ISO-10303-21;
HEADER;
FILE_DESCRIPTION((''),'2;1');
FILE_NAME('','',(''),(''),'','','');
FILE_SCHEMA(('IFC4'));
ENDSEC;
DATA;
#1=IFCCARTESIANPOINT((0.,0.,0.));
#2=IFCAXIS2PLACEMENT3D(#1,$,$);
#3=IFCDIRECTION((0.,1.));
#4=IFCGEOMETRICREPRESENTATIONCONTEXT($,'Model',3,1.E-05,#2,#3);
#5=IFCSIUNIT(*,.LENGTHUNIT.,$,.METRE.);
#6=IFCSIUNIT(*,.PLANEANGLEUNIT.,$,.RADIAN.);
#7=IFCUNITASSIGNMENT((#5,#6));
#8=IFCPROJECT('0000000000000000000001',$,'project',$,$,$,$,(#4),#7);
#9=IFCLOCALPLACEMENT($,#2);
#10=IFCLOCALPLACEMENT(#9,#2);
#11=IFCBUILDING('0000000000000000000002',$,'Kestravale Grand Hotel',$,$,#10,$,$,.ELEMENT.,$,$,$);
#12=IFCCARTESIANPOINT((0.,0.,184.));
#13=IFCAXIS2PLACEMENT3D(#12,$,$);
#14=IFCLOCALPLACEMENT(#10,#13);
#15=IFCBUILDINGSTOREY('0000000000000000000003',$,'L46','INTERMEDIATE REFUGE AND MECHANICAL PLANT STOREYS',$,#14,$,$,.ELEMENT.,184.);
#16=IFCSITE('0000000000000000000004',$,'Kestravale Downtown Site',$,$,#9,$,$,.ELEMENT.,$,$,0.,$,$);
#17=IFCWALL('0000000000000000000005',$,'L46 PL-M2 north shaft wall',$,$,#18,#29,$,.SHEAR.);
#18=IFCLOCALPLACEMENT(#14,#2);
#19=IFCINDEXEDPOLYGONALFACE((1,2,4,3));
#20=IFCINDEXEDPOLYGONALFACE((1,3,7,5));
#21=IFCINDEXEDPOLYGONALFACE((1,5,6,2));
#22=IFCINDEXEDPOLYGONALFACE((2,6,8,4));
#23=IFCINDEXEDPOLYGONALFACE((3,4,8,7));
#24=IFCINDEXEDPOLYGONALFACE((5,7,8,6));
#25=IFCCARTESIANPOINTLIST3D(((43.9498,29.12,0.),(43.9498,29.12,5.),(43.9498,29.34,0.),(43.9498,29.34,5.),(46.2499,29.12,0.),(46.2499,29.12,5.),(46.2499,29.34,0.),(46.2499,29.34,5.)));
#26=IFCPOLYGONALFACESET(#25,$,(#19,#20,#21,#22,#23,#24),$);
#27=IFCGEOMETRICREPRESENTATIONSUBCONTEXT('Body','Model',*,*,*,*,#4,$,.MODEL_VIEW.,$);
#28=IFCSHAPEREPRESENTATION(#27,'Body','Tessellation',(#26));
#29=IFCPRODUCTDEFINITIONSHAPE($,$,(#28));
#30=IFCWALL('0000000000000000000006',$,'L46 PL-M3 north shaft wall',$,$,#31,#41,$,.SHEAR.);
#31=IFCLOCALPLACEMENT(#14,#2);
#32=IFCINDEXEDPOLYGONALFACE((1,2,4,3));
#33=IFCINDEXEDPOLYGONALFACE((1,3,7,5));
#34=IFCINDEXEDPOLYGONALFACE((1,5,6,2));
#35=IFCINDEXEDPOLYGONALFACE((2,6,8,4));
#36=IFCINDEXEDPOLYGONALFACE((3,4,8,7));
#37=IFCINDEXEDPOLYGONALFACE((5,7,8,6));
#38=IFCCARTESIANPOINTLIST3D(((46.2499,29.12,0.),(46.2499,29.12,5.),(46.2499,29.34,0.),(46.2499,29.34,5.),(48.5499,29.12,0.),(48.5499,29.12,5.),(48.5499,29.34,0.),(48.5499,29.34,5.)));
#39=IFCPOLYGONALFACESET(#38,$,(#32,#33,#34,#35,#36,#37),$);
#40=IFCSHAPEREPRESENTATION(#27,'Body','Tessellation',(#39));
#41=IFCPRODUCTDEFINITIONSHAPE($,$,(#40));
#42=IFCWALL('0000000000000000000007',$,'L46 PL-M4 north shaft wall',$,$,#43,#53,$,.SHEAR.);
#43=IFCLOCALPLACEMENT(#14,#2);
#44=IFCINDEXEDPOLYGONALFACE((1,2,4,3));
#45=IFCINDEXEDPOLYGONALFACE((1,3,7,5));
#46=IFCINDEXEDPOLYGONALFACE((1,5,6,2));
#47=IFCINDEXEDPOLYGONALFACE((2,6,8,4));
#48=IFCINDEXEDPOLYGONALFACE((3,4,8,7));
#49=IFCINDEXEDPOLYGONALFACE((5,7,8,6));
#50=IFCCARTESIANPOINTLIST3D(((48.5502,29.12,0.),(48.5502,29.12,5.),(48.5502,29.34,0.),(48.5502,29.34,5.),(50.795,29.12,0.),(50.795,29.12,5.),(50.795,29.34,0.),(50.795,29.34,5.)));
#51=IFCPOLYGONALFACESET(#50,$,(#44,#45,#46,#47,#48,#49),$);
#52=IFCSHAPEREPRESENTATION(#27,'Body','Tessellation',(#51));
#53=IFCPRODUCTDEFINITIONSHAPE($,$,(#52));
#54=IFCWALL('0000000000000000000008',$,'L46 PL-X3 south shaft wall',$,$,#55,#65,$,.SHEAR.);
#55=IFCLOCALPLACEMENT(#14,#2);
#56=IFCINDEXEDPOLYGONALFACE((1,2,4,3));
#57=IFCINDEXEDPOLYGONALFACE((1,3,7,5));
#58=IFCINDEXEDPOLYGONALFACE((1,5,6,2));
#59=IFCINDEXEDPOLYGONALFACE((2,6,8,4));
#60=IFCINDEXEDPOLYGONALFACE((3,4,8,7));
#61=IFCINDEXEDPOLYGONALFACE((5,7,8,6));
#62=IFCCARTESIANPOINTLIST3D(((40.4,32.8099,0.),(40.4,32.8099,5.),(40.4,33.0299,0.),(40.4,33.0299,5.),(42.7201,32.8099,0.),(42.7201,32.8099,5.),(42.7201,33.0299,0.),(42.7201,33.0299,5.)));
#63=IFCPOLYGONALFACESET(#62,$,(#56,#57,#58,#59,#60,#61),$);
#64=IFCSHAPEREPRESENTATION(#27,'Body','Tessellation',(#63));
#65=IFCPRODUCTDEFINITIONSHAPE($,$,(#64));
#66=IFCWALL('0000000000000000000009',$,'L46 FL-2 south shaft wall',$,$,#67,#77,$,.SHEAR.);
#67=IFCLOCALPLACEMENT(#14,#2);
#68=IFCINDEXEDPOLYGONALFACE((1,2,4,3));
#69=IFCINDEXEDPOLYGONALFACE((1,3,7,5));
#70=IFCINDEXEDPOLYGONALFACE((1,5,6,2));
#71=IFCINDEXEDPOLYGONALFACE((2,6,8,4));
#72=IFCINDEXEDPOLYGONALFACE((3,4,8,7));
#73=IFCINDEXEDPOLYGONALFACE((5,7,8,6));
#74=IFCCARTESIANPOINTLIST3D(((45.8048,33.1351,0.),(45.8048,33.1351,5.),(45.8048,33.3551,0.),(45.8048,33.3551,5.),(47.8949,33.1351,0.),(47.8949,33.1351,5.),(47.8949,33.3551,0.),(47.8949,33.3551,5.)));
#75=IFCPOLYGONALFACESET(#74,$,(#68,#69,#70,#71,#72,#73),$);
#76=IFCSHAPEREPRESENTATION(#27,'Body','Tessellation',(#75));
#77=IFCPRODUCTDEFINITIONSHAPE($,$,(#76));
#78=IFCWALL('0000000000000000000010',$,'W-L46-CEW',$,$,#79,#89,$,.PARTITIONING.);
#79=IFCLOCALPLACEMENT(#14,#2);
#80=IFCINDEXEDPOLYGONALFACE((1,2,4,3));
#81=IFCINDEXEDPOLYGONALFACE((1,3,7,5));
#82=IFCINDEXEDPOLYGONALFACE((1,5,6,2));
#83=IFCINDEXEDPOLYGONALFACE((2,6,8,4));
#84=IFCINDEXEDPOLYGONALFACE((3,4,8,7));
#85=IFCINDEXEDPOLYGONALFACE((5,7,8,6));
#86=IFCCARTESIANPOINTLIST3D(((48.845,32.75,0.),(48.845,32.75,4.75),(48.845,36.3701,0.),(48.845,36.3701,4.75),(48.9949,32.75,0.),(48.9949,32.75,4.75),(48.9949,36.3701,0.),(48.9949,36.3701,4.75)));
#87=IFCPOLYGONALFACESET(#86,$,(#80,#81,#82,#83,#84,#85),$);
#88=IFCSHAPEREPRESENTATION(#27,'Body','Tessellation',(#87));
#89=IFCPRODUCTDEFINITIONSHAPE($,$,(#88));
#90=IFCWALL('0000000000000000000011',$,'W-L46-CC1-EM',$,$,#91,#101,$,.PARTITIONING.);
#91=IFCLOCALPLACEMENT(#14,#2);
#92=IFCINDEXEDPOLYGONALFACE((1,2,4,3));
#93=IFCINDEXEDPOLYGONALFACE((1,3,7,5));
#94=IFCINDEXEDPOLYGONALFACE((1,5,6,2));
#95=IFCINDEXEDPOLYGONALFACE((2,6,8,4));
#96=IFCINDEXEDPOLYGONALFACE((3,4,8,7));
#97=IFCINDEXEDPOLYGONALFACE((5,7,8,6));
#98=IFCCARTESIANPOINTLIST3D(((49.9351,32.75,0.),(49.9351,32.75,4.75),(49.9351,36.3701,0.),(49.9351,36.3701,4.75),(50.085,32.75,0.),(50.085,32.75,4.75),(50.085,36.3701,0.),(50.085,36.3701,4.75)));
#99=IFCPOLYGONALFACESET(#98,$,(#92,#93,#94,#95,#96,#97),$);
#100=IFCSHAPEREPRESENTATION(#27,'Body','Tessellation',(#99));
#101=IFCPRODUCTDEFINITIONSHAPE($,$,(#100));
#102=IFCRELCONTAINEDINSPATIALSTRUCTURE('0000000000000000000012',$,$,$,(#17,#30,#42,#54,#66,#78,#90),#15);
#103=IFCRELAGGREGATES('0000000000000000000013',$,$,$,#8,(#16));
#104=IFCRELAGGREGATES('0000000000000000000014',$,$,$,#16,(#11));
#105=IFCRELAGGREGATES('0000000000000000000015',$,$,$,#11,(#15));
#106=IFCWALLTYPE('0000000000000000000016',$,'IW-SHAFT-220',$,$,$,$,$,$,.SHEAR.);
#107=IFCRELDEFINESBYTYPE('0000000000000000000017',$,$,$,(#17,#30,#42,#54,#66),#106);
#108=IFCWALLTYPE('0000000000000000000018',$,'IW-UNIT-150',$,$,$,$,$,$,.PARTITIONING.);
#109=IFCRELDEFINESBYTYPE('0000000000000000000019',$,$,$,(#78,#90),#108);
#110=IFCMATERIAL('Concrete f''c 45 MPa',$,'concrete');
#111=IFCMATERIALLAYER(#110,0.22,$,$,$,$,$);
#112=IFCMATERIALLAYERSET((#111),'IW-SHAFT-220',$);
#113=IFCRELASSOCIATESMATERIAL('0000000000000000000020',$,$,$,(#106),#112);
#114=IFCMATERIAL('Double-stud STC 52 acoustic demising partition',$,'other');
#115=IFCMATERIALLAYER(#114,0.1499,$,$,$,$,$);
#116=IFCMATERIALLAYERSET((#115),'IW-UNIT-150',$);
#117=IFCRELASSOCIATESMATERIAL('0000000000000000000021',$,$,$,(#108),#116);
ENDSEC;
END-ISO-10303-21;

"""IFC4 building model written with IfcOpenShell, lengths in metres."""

from ifc_helpers import new_model, si_unit, direction, frame, frame_2d, origin, place, context, subcontext, project, spatial, rectangle, extrude, material, layer, layer_set, type_object, element, save


model = new_model("IFC4")

# Units and contexts
model_context = context("Model", 3, precision=1e-05, world=origin(), true_north=direction((0.0, 1.0)))
body_context = subcontext(model_context, "Body", "Model", "MODEL_VIEW")
ifc_project = project(units=[si_unit("LENGTHUNIT", "METRE"), si_unit("PLANEANGLEUNIT", "RADIAN")], contexts=[model_context])

# Site, building, storey
site_placement = place(None, origin())
site = spatial("IfcSite", under=ifc_project, at=site_placement, Name="Kestravale Downtown Site", CompositionType="ELEMENT", RefElevation=0.0)
building_placement = place(site_placement, origin())
building = spatial("IfcBuilding", under=site, at=building_placement, Name="Kestravale Grand Hotel", CompositionType="ELEMENT")
storey_placement = place(building_placement, frame((0.0, 0.0, 184.0)))
storey = spatial("IfcBuildingStorey", under=building, at=storey_placement, Name="L46", Description="INTERMEDIATE REFUGE AND MECHANICAL PLANT STOREYS", CompositionType="ELEMENT", Elevation=184.0)

# Walls
ifc_material_1 = material(Name="Concrete f'c 45 MPa", Category="concrete")
ifc_layer_1 = layer(ifc_material_1, 0.22)
ifc_layer_set_1 = layer_set([ifc_layer_1], Name="IW-SHAFT-220")
wall_type_1 = type_object("IfcWallType", Name="IW-SHAFT-220", PredefinedType="SHEAR", material=ifc_layer_set_1)
for number, where, z_axis, x_axis, name in (
    (1, (43.95, 29.23, 0.0), (0.0, 0.0, 1.0), (1.0, 0.0, 0.0), "L46 PL-M2 north shaft wall"),
    (2, (46.25, 29.23, 0.0), (0.0, 0.0, 1.0), (1.0, 0.0, 0.0), "L46 PL-M3 north shaft wall"),
):
    element("IfcWall", number, at=place(storey_placement, frame(where, z_axis=z_axis, x_axis=x_axis)), inside=storey, type_object=wall_type_1, Name=name, PredefinedType="SHEAR", context=body_context, shape_type="SweptSolid", body=[
        extrude(rectangle(XDim=2.3, YDim=0.22, at=frame_2d((1.1499, 0.0))), origin(), (0.0, 0.0, 1.0), 5.0),
    ])
wall_1_placement = place(storey_placement, frame((48.55, 29.23, 0.0), z_axis=(0.0, 0.0, 1.0), x_axis=(1.0, 0.0, 0.0)))
element("IfcWall", 3, at=wall_1_placement, inside=storey, type_object=wall_type_1, Name="L46 PL-M4 north shaft wall", PredefinedType="SHEAR", context=body_context, shape_type="SweptSolid", body=[
    extrude(rectangle(XDim=2.2449, YDim=0.22, at=frame_2d((1.1226, 0.0))), origin(), (0.0, 0.0, 1.0), 5.0),
])
wall_2_placement = place(storey_placement, frame((40.3999, 32.9199, 0.0), z_axis=(0.0, 0.0, 1.0), x_axis=(1.0, 0.0, 0.0)))
element("IfcWall", 4, at=wall_2_placement, inside=storey, type_object=wall_type_1, Name="L46 PL-X3 south shaft wall", PredefinedType="SHEAR", context=body_context, shape_type="SweptSolid", body=[
    extrude(rectangle(XDim=2.3201, YDim=0.22, at=frame_2d((1.1602, 0.0))), origin(), (0.0, 0.0, 1.0), 5.0),
])

# Walls
wall_3_placement = place(storey_placement, frame((45.8049, 33.2451, 0.0), z_axis=(0.0, 0.0, 1.0), x_axis=(1.0, 0.0, 0.0)))
element("IfcWall", 5, at=wall_3_placement, inside=storey, type_object=wall_type_1, Name="L46 FL-2 south shaft wall", PredefinedType="SHEAR", context=body_context, shape_type="SweptSolid", body=[
    extrude(rectangle(XDim=2.0901, YDim=0.22, at=frame_2d((1.0449, 0.0))), origin(), (0.0, 0.0, 1.0), 5.0),
])
ifc_material_2 = material(Name="Double-stud STC 52 acoustic demising partition", Category="other")
ifc_layer_2 = layer(ifc_material_2, 0.1499)
ifc_layer_set_2 = layer_set([ifc_layer_2], Name="IW-UNIT-150")
wall_type_2 = type_object("IfcWallType", Name="IW-UNIT-150", PredefinedType="PARTITIONING", material=ifc_layer_set_2)
for number, where, z_axis, x_axis, name in (
    (6, (48.9199, 32.75, 0.0), (0.0, 0.0, 1.0), (0.0, 1.0, 0.0), "W-L46-CEW"),
    (7, (50.01, 32.75, 0.0), (0.0, 0.0, 1.0), (0.0, 1.0, 0.0), "W-L46-CC1-EM"),
):
    element("IfcWall", number, at=place(storey_placement, frame(where, z_axis=z_axis, x_axis=x_axis)), inside=storey, type_object=wall_type_2, Name=name, PredefinedType="PARTITIONING", context=body_context, shape_type="SweptSolid", body=[
        extrude(rectangle(XDim=3.6201, YDim=0.1499, at=frame_2d((1.8101, 0.0))), origin(), (0.0, 0.0, 1.0), 4.75),
    ])

save(model, "model.ifc")
